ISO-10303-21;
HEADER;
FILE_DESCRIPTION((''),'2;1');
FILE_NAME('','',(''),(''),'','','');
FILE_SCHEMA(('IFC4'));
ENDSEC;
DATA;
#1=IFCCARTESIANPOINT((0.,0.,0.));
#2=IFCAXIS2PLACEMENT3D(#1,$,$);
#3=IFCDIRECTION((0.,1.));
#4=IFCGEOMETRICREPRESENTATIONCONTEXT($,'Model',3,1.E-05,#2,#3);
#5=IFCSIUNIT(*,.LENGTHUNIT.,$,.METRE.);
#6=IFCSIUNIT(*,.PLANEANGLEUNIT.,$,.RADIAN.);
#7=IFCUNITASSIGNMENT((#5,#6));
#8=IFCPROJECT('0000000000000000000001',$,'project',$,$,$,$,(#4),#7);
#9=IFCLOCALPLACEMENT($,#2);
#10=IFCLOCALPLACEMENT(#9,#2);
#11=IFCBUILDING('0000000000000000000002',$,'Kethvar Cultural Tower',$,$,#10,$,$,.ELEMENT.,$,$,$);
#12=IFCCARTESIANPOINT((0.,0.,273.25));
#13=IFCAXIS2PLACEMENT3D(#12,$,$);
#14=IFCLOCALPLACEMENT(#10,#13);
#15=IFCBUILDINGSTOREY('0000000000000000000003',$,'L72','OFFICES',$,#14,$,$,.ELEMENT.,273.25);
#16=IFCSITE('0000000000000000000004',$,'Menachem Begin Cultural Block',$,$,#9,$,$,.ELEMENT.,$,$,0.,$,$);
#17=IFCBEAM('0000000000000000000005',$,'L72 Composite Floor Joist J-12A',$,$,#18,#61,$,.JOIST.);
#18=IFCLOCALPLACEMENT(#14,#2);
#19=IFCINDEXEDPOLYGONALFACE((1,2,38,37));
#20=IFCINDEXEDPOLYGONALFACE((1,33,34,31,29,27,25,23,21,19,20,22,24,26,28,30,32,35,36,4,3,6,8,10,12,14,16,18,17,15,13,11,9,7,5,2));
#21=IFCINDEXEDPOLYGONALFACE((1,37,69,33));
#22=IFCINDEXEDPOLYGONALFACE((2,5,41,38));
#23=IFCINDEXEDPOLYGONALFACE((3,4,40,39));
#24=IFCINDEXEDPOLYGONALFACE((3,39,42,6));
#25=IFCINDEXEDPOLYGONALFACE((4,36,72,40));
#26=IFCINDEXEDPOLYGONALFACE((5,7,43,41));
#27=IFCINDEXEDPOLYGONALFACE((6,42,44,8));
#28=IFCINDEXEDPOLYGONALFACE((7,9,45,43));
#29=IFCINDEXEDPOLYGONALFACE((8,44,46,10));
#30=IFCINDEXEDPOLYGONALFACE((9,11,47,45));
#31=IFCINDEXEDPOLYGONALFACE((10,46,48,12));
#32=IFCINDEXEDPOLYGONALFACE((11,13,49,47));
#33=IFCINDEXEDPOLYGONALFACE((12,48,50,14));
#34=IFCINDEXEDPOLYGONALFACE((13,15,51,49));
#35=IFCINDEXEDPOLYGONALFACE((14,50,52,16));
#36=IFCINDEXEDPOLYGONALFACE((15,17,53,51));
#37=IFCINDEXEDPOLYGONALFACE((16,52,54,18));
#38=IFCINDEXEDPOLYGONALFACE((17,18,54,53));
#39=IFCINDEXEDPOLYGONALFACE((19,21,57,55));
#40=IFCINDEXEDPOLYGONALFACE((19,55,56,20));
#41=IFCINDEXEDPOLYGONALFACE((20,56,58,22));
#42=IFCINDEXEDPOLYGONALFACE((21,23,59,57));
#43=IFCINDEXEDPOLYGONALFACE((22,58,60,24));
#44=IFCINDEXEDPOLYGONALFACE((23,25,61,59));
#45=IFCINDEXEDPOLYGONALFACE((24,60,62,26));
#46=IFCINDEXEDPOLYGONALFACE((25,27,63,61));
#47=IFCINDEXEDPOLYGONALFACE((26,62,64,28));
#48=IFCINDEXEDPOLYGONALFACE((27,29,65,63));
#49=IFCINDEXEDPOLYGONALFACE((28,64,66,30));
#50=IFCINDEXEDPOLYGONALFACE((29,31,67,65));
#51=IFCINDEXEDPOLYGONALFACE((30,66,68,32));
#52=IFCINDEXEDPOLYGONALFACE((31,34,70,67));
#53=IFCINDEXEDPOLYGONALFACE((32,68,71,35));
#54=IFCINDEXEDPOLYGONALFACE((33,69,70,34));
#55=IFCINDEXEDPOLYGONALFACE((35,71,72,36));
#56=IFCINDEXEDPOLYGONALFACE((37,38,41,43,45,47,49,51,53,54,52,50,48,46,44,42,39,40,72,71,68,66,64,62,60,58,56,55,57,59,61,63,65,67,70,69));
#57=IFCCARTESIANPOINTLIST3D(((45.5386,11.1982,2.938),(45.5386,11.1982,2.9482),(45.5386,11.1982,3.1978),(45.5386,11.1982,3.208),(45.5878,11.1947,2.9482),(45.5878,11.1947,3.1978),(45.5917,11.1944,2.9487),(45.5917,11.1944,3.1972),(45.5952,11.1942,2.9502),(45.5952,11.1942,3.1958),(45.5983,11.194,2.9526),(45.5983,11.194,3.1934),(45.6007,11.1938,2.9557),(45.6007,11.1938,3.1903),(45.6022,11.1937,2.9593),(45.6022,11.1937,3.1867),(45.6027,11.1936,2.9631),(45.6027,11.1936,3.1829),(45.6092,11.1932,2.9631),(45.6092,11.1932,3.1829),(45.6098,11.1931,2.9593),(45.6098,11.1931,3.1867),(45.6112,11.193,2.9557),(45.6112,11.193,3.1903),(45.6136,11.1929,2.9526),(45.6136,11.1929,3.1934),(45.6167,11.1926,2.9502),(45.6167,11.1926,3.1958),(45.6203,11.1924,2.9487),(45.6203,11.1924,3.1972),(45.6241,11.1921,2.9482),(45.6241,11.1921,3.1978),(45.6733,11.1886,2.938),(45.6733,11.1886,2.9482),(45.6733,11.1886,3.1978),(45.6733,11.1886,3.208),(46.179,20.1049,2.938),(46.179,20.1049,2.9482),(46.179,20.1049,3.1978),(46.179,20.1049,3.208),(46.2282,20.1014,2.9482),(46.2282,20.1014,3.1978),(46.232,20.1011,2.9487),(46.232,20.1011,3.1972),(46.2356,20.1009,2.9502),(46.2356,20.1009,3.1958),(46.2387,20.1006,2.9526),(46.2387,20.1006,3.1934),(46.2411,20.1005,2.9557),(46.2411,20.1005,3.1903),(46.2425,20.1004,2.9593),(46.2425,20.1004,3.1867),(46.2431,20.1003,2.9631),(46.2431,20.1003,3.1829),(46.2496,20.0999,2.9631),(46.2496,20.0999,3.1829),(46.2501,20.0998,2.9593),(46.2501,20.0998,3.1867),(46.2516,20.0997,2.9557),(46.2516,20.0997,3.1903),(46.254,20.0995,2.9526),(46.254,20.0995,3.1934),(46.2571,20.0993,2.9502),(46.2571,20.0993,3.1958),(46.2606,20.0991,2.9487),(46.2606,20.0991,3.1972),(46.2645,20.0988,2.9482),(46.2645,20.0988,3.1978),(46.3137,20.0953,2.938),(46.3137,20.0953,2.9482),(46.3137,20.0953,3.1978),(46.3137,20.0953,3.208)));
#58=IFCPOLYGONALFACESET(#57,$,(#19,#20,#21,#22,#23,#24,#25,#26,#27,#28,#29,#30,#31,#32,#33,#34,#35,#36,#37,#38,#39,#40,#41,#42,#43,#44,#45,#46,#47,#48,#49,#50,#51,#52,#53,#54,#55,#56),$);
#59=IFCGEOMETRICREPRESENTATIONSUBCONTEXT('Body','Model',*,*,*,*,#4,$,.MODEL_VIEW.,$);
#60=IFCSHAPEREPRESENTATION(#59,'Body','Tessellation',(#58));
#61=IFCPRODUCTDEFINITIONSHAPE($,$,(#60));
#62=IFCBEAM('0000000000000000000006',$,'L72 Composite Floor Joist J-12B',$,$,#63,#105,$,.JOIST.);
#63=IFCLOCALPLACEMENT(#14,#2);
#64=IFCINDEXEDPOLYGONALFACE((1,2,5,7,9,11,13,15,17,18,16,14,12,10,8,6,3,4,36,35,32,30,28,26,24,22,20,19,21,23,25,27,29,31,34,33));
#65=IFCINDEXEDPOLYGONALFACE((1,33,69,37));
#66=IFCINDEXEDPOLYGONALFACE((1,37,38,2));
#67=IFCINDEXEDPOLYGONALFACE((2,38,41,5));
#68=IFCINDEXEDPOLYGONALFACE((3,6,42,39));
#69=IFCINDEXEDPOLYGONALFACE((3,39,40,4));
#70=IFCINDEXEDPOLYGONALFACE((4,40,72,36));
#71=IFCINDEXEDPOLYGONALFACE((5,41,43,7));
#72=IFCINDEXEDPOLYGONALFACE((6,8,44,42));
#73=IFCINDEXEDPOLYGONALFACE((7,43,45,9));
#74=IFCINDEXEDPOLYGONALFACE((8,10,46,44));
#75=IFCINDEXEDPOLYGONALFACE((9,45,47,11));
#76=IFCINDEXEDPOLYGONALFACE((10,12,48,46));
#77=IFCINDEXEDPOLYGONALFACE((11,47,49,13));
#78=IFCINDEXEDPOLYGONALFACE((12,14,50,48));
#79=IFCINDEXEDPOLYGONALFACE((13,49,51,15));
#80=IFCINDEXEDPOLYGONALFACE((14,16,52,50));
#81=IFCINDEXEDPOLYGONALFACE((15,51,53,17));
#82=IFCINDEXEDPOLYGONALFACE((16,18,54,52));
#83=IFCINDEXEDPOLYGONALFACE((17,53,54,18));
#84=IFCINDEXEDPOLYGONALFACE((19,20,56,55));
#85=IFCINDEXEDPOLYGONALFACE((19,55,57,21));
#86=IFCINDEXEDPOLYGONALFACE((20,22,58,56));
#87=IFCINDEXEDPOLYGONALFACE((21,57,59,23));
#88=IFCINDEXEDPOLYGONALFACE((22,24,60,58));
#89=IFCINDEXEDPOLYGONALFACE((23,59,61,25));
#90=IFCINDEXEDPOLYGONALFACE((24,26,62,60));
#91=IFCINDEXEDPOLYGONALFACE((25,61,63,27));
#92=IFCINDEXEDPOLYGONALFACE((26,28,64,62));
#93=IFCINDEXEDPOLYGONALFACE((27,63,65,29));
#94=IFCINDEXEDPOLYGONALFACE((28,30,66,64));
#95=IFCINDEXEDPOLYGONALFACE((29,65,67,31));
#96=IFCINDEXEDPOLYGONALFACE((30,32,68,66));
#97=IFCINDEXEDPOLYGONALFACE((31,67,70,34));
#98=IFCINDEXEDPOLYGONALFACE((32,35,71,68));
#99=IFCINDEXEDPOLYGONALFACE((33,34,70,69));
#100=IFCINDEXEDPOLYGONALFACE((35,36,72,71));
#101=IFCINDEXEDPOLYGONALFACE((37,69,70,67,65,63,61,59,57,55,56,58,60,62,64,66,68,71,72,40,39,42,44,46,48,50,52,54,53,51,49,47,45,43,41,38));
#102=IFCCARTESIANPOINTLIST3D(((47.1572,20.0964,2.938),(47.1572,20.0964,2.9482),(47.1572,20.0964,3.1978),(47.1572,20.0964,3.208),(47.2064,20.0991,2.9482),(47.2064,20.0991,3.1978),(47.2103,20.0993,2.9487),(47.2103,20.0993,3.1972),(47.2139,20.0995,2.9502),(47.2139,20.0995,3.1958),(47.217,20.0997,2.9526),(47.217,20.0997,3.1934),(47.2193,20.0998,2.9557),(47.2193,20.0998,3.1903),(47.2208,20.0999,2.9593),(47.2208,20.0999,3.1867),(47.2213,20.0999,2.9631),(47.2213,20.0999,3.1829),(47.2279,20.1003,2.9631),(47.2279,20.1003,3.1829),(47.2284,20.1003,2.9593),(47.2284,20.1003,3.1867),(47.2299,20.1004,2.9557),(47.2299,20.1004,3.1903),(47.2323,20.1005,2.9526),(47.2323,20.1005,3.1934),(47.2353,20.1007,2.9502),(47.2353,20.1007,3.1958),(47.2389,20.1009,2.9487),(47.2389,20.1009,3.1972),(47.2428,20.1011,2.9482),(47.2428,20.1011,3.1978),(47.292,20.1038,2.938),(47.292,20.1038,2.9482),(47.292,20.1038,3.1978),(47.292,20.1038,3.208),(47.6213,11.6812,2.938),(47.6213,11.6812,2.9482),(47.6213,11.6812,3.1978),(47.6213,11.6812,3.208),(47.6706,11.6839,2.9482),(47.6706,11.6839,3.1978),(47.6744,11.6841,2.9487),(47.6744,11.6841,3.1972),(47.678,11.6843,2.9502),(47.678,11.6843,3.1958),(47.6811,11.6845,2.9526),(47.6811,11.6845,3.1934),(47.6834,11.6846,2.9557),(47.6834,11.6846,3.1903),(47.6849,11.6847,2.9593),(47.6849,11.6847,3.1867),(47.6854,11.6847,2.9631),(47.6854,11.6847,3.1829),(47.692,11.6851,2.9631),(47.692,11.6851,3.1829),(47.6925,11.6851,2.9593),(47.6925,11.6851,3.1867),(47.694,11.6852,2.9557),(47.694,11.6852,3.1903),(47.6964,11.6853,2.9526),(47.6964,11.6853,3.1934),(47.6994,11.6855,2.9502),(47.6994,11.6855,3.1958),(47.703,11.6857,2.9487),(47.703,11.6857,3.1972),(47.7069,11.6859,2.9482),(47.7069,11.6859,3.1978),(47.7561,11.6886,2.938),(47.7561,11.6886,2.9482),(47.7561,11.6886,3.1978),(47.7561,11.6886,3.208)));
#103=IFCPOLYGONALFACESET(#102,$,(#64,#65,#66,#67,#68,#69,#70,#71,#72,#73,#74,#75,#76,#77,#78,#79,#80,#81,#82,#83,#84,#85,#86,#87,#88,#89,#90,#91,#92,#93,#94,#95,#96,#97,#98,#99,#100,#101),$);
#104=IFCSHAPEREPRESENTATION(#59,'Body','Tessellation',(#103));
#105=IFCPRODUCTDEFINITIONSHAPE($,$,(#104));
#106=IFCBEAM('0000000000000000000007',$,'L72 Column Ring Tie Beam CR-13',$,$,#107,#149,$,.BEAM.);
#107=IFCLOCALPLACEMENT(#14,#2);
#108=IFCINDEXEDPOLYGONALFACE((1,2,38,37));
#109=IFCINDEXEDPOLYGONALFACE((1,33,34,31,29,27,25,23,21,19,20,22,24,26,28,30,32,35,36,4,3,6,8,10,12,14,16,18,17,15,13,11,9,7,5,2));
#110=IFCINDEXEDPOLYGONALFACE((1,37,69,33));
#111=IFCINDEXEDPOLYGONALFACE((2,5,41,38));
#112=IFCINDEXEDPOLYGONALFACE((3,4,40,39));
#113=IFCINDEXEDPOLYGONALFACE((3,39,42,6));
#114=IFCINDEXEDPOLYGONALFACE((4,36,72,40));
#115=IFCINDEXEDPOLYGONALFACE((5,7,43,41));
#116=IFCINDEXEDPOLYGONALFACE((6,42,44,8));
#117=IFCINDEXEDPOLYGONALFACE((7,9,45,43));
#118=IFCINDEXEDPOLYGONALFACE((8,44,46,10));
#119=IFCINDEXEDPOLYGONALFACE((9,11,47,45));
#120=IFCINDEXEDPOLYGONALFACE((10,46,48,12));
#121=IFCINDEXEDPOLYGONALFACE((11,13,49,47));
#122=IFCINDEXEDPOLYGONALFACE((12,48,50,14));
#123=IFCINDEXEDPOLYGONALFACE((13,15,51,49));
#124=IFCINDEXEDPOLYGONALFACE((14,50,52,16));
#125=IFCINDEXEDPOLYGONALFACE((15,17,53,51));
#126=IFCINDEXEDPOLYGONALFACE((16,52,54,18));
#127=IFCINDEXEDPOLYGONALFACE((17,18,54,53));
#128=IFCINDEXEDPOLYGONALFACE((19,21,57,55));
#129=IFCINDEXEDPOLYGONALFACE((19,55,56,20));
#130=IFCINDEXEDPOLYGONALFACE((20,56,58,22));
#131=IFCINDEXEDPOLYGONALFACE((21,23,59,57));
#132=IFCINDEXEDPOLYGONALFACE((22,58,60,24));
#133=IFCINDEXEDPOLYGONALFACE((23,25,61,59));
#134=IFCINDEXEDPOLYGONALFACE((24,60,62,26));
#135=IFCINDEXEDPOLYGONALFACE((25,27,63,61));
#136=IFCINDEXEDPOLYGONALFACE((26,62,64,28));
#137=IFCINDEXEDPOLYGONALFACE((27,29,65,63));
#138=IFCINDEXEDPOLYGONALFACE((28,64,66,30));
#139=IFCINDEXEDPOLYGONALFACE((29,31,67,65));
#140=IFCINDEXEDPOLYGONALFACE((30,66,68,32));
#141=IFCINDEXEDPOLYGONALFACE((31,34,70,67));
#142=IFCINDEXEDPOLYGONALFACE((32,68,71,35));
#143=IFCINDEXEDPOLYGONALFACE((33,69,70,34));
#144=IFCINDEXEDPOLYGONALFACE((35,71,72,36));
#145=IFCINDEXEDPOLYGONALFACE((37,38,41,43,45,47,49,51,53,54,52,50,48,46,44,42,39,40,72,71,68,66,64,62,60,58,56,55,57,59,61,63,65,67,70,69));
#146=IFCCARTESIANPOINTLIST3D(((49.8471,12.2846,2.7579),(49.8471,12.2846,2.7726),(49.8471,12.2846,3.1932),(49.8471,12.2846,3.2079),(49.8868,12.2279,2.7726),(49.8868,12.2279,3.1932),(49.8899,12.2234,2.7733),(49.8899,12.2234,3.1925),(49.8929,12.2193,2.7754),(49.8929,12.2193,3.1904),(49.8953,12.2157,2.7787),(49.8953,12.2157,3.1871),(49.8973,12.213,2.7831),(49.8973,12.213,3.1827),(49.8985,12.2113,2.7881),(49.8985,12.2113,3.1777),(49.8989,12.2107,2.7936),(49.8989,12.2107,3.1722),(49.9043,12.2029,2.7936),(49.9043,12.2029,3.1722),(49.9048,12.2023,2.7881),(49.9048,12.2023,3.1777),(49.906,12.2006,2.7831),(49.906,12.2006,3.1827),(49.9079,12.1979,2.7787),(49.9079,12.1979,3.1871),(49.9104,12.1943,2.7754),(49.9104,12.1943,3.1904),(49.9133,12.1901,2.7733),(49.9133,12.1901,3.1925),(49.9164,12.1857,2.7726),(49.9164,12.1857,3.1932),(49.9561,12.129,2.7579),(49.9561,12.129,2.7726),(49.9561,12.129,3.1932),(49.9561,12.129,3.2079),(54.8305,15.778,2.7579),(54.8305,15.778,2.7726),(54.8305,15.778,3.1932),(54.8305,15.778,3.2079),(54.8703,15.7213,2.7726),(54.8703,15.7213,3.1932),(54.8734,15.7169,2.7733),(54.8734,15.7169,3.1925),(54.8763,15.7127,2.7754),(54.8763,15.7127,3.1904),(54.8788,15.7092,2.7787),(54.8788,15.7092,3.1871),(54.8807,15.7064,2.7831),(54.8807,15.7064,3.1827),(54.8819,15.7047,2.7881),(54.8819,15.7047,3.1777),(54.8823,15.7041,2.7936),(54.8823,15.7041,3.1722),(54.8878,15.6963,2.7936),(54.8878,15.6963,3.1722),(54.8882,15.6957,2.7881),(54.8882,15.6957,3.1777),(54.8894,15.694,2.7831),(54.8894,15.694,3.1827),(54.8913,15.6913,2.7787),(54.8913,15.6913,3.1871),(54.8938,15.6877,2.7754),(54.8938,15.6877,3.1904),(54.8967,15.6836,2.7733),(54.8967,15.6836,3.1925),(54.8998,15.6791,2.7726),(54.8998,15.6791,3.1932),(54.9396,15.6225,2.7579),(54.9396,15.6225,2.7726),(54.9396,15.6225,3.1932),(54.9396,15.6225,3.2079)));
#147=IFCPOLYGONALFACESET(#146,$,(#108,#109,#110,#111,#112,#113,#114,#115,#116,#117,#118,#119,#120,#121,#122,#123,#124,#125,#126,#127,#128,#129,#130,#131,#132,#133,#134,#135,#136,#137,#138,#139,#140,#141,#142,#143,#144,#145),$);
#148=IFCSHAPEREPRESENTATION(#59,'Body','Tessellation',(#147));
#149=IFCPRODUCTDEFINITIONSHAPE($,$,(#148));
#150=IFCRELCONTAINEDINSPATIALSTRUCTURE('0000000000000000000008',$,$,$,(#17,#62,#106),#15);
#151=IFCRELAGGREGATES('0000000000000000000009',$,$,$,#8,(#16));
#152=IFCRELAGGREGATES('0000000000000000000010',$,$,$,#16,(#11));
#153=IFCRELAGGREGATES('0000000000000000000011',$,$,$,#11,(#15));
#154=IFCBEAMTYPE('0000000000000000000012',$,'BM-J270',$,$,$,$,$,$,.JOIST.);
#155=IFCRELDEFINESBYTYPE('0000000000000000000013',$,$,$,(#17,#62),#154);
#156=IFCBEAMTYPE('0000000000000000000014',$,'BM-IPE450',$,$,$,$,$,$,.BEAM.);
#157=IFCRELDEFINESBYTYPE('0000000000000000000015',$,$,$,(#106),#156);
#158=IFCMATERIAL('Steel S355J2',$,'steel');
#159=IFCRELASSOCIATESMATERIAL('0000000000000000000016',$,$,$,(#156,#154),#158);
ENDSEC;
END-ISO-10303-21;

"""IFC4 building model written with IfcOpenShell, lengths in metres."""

from ifc_helpers import new_model, si_unit, direction, frame, origin, origin_2d, place, context, subcontext, project, spatial, i_section, extrude, source, transform, mapped, material, material_profile, profile_set, type_object, element, save


model = new_model("IFC4")

# Units and contexts
model_context = context("Model", 3, precision=1e-05, world=origin(), true_north=direction((0.0, 1.0)))
body_context = subcontext(model_context, "Body", "Model", "MODEL_VIEW")
ifc_project = project(units=[si_unit("LENGTHUNIT", "METRE"), si_unit("PLANEANGLEUNIT", "RADIAN")], contexts=[model_context])

# Site, building, storey
site_placement = place(None, origin())
site = spatial("IfcSite", under=ifc_project, at=site_placement, Name="Menachem Begin Cultural Block", CompositionType="ELEMENT", RefElevation=0.0)
building_placement = place(site_placement, origin())
building = spatial("IfcBuilding", under=site, at=building_placement, Name="Kethvar Cultural Tower", CompositionType="ELEMENT")
storey_placement = place(building_placement, frame((0.0, 0.0, 273.25)))
storey = spatial("IfcBuildingStorey", under=building, at=storey_placement, Name="L72", Description="OFFICES", CompositionType="ELEMENT", Elevation=273.25)

# Shared definitions
ifc_material_1 = material(Name="Steel S355J2", Category="steel")

# Beams
ifc_material_profile_1 = material_profile(ifc_material_1, i_section(OverallWidth=0.1899, OverallDepth=0.45, WebThickness=0.0095, FlangeThickness=0.0146, FilletRadius=0.021, at=origin_2d()), Name="Steel S355J2 — IPE450")
ifc_profile_set_1 = profile_set([ifc_material_profile_1], Name="Steel S355J2 — IPE450")
beam_type_1 = type_object("IfcBeamType", Name="BM-IPE450", PredefinedType="BEAM", material=ifc_profile_set_1)
ifc_material_profile_2 = material_profile(ifc_material_1, i_section(OverallWidth=0.135, OverallDepth=0.27, WebThickness=0.0066, FlangeThickness=0.0103, FilletRadius=0.0149, at=origin_2d()), Name="Steel S355J2 — IPE270")
ifc_profile_set_2 = profile_set([ifc_material_profile_2], Name="Steel S355J2 — IPE270")
beam_type_2 = type_object("IfcBeamType", Name="BM-J270", PredefinedType="JOIST", material=ifc_profile_set_2)
shared_shape_1 = source(origin(), body_context, "Body", "SweptSolid", [
    extrude(i_section(OverallWidth=0.135, OverallDepth=0.27, WebThickness=0.0066, FlangeThickness=0.0103, FilletRadius=0.0149, at=origin_2d()), origin(), (0.0, 0.0, 1.0), 8.9297),
])
beam_1_placement = place(storey_placement, frame((46.2463, 20.1001, 3.073), z_axis=(-0.071713, -0.997425, 0.0), x_axis=(0.997425, -0.071713, 0.0)))
element("IfcBeam", 1, at=beam_1_placement, inside=storey, type_object=beam_type_2, Name="L72 Composite Floor Joist J-12A", PredefinedType="JOIST", context=body_context, shape_type="MappedRepresentation", body=[
    mapped(shared_shape_1, transform((0.0, 0.0, 0.0), scale=1.0)),
])
shared_shape_2 = source(origin(), body_context, "Body", "SweptSolid", [
    extrude(i_section(OverallWidth=0.135, OverallDepth=0.27, WebThickness=0.0066, FlangeThickness=0.0103, FilletRadius=0.0149, at=origin_2d()), origin(), (0.0, 0.0, 1.0), 8.428),
])
beam_2_placement = place(storey_placement, frame((47.2246, 20.1001, 3.073), z_axis=(0.055067, -0.998483, 0.0), x_axis=(0.998483, 0.055067, 0.0)))
element("IfcBeam", 2, at=beam_2_placement, inside=storey, type_object=beam_type_2, Name="L72 Composite Floor Joist J-12B", PredefinedType="JOIST", context=body_context, shape_type="MappedRepresentation", body=[
    mapped(shared_shape_2, transform((0.0, 0.0, 0.0), scale=1.0)),
])
shared_shape_3 = source(origin(), body_context, "Body", "SweptSolid", [
    extrude(i_section(OverallWidth=0.1899, OverallDepth=0.45, WebThickness=0.0095, FlangeThickness=0.0146, FilletRadius=0.021, at=origin_2d()), origin(), (0.0, 0.0, 1.0), 6.0859),
])
beam_3_placement = place(storey_placement, frame((49.9016, 12.2068, 2.9829), z_axis=(0.818843, 0.574017, 0.0), x_axis=(-0.574017, 0.818843, 0.0)))
element("IfcBeam", 3, at=beam_3_placement, inside=storey, type_object=beam_type_1, Name="L72 Column Ring Tie Beam CR-13", PredefinedType="BEAM", context=body_context, shape_type="MappedRepresentation", body=[
    mapped(shared_shape_3, transform((0.0, 0.0, 0.0), scale=1.0)),
])

save(model, "model.ifc")
